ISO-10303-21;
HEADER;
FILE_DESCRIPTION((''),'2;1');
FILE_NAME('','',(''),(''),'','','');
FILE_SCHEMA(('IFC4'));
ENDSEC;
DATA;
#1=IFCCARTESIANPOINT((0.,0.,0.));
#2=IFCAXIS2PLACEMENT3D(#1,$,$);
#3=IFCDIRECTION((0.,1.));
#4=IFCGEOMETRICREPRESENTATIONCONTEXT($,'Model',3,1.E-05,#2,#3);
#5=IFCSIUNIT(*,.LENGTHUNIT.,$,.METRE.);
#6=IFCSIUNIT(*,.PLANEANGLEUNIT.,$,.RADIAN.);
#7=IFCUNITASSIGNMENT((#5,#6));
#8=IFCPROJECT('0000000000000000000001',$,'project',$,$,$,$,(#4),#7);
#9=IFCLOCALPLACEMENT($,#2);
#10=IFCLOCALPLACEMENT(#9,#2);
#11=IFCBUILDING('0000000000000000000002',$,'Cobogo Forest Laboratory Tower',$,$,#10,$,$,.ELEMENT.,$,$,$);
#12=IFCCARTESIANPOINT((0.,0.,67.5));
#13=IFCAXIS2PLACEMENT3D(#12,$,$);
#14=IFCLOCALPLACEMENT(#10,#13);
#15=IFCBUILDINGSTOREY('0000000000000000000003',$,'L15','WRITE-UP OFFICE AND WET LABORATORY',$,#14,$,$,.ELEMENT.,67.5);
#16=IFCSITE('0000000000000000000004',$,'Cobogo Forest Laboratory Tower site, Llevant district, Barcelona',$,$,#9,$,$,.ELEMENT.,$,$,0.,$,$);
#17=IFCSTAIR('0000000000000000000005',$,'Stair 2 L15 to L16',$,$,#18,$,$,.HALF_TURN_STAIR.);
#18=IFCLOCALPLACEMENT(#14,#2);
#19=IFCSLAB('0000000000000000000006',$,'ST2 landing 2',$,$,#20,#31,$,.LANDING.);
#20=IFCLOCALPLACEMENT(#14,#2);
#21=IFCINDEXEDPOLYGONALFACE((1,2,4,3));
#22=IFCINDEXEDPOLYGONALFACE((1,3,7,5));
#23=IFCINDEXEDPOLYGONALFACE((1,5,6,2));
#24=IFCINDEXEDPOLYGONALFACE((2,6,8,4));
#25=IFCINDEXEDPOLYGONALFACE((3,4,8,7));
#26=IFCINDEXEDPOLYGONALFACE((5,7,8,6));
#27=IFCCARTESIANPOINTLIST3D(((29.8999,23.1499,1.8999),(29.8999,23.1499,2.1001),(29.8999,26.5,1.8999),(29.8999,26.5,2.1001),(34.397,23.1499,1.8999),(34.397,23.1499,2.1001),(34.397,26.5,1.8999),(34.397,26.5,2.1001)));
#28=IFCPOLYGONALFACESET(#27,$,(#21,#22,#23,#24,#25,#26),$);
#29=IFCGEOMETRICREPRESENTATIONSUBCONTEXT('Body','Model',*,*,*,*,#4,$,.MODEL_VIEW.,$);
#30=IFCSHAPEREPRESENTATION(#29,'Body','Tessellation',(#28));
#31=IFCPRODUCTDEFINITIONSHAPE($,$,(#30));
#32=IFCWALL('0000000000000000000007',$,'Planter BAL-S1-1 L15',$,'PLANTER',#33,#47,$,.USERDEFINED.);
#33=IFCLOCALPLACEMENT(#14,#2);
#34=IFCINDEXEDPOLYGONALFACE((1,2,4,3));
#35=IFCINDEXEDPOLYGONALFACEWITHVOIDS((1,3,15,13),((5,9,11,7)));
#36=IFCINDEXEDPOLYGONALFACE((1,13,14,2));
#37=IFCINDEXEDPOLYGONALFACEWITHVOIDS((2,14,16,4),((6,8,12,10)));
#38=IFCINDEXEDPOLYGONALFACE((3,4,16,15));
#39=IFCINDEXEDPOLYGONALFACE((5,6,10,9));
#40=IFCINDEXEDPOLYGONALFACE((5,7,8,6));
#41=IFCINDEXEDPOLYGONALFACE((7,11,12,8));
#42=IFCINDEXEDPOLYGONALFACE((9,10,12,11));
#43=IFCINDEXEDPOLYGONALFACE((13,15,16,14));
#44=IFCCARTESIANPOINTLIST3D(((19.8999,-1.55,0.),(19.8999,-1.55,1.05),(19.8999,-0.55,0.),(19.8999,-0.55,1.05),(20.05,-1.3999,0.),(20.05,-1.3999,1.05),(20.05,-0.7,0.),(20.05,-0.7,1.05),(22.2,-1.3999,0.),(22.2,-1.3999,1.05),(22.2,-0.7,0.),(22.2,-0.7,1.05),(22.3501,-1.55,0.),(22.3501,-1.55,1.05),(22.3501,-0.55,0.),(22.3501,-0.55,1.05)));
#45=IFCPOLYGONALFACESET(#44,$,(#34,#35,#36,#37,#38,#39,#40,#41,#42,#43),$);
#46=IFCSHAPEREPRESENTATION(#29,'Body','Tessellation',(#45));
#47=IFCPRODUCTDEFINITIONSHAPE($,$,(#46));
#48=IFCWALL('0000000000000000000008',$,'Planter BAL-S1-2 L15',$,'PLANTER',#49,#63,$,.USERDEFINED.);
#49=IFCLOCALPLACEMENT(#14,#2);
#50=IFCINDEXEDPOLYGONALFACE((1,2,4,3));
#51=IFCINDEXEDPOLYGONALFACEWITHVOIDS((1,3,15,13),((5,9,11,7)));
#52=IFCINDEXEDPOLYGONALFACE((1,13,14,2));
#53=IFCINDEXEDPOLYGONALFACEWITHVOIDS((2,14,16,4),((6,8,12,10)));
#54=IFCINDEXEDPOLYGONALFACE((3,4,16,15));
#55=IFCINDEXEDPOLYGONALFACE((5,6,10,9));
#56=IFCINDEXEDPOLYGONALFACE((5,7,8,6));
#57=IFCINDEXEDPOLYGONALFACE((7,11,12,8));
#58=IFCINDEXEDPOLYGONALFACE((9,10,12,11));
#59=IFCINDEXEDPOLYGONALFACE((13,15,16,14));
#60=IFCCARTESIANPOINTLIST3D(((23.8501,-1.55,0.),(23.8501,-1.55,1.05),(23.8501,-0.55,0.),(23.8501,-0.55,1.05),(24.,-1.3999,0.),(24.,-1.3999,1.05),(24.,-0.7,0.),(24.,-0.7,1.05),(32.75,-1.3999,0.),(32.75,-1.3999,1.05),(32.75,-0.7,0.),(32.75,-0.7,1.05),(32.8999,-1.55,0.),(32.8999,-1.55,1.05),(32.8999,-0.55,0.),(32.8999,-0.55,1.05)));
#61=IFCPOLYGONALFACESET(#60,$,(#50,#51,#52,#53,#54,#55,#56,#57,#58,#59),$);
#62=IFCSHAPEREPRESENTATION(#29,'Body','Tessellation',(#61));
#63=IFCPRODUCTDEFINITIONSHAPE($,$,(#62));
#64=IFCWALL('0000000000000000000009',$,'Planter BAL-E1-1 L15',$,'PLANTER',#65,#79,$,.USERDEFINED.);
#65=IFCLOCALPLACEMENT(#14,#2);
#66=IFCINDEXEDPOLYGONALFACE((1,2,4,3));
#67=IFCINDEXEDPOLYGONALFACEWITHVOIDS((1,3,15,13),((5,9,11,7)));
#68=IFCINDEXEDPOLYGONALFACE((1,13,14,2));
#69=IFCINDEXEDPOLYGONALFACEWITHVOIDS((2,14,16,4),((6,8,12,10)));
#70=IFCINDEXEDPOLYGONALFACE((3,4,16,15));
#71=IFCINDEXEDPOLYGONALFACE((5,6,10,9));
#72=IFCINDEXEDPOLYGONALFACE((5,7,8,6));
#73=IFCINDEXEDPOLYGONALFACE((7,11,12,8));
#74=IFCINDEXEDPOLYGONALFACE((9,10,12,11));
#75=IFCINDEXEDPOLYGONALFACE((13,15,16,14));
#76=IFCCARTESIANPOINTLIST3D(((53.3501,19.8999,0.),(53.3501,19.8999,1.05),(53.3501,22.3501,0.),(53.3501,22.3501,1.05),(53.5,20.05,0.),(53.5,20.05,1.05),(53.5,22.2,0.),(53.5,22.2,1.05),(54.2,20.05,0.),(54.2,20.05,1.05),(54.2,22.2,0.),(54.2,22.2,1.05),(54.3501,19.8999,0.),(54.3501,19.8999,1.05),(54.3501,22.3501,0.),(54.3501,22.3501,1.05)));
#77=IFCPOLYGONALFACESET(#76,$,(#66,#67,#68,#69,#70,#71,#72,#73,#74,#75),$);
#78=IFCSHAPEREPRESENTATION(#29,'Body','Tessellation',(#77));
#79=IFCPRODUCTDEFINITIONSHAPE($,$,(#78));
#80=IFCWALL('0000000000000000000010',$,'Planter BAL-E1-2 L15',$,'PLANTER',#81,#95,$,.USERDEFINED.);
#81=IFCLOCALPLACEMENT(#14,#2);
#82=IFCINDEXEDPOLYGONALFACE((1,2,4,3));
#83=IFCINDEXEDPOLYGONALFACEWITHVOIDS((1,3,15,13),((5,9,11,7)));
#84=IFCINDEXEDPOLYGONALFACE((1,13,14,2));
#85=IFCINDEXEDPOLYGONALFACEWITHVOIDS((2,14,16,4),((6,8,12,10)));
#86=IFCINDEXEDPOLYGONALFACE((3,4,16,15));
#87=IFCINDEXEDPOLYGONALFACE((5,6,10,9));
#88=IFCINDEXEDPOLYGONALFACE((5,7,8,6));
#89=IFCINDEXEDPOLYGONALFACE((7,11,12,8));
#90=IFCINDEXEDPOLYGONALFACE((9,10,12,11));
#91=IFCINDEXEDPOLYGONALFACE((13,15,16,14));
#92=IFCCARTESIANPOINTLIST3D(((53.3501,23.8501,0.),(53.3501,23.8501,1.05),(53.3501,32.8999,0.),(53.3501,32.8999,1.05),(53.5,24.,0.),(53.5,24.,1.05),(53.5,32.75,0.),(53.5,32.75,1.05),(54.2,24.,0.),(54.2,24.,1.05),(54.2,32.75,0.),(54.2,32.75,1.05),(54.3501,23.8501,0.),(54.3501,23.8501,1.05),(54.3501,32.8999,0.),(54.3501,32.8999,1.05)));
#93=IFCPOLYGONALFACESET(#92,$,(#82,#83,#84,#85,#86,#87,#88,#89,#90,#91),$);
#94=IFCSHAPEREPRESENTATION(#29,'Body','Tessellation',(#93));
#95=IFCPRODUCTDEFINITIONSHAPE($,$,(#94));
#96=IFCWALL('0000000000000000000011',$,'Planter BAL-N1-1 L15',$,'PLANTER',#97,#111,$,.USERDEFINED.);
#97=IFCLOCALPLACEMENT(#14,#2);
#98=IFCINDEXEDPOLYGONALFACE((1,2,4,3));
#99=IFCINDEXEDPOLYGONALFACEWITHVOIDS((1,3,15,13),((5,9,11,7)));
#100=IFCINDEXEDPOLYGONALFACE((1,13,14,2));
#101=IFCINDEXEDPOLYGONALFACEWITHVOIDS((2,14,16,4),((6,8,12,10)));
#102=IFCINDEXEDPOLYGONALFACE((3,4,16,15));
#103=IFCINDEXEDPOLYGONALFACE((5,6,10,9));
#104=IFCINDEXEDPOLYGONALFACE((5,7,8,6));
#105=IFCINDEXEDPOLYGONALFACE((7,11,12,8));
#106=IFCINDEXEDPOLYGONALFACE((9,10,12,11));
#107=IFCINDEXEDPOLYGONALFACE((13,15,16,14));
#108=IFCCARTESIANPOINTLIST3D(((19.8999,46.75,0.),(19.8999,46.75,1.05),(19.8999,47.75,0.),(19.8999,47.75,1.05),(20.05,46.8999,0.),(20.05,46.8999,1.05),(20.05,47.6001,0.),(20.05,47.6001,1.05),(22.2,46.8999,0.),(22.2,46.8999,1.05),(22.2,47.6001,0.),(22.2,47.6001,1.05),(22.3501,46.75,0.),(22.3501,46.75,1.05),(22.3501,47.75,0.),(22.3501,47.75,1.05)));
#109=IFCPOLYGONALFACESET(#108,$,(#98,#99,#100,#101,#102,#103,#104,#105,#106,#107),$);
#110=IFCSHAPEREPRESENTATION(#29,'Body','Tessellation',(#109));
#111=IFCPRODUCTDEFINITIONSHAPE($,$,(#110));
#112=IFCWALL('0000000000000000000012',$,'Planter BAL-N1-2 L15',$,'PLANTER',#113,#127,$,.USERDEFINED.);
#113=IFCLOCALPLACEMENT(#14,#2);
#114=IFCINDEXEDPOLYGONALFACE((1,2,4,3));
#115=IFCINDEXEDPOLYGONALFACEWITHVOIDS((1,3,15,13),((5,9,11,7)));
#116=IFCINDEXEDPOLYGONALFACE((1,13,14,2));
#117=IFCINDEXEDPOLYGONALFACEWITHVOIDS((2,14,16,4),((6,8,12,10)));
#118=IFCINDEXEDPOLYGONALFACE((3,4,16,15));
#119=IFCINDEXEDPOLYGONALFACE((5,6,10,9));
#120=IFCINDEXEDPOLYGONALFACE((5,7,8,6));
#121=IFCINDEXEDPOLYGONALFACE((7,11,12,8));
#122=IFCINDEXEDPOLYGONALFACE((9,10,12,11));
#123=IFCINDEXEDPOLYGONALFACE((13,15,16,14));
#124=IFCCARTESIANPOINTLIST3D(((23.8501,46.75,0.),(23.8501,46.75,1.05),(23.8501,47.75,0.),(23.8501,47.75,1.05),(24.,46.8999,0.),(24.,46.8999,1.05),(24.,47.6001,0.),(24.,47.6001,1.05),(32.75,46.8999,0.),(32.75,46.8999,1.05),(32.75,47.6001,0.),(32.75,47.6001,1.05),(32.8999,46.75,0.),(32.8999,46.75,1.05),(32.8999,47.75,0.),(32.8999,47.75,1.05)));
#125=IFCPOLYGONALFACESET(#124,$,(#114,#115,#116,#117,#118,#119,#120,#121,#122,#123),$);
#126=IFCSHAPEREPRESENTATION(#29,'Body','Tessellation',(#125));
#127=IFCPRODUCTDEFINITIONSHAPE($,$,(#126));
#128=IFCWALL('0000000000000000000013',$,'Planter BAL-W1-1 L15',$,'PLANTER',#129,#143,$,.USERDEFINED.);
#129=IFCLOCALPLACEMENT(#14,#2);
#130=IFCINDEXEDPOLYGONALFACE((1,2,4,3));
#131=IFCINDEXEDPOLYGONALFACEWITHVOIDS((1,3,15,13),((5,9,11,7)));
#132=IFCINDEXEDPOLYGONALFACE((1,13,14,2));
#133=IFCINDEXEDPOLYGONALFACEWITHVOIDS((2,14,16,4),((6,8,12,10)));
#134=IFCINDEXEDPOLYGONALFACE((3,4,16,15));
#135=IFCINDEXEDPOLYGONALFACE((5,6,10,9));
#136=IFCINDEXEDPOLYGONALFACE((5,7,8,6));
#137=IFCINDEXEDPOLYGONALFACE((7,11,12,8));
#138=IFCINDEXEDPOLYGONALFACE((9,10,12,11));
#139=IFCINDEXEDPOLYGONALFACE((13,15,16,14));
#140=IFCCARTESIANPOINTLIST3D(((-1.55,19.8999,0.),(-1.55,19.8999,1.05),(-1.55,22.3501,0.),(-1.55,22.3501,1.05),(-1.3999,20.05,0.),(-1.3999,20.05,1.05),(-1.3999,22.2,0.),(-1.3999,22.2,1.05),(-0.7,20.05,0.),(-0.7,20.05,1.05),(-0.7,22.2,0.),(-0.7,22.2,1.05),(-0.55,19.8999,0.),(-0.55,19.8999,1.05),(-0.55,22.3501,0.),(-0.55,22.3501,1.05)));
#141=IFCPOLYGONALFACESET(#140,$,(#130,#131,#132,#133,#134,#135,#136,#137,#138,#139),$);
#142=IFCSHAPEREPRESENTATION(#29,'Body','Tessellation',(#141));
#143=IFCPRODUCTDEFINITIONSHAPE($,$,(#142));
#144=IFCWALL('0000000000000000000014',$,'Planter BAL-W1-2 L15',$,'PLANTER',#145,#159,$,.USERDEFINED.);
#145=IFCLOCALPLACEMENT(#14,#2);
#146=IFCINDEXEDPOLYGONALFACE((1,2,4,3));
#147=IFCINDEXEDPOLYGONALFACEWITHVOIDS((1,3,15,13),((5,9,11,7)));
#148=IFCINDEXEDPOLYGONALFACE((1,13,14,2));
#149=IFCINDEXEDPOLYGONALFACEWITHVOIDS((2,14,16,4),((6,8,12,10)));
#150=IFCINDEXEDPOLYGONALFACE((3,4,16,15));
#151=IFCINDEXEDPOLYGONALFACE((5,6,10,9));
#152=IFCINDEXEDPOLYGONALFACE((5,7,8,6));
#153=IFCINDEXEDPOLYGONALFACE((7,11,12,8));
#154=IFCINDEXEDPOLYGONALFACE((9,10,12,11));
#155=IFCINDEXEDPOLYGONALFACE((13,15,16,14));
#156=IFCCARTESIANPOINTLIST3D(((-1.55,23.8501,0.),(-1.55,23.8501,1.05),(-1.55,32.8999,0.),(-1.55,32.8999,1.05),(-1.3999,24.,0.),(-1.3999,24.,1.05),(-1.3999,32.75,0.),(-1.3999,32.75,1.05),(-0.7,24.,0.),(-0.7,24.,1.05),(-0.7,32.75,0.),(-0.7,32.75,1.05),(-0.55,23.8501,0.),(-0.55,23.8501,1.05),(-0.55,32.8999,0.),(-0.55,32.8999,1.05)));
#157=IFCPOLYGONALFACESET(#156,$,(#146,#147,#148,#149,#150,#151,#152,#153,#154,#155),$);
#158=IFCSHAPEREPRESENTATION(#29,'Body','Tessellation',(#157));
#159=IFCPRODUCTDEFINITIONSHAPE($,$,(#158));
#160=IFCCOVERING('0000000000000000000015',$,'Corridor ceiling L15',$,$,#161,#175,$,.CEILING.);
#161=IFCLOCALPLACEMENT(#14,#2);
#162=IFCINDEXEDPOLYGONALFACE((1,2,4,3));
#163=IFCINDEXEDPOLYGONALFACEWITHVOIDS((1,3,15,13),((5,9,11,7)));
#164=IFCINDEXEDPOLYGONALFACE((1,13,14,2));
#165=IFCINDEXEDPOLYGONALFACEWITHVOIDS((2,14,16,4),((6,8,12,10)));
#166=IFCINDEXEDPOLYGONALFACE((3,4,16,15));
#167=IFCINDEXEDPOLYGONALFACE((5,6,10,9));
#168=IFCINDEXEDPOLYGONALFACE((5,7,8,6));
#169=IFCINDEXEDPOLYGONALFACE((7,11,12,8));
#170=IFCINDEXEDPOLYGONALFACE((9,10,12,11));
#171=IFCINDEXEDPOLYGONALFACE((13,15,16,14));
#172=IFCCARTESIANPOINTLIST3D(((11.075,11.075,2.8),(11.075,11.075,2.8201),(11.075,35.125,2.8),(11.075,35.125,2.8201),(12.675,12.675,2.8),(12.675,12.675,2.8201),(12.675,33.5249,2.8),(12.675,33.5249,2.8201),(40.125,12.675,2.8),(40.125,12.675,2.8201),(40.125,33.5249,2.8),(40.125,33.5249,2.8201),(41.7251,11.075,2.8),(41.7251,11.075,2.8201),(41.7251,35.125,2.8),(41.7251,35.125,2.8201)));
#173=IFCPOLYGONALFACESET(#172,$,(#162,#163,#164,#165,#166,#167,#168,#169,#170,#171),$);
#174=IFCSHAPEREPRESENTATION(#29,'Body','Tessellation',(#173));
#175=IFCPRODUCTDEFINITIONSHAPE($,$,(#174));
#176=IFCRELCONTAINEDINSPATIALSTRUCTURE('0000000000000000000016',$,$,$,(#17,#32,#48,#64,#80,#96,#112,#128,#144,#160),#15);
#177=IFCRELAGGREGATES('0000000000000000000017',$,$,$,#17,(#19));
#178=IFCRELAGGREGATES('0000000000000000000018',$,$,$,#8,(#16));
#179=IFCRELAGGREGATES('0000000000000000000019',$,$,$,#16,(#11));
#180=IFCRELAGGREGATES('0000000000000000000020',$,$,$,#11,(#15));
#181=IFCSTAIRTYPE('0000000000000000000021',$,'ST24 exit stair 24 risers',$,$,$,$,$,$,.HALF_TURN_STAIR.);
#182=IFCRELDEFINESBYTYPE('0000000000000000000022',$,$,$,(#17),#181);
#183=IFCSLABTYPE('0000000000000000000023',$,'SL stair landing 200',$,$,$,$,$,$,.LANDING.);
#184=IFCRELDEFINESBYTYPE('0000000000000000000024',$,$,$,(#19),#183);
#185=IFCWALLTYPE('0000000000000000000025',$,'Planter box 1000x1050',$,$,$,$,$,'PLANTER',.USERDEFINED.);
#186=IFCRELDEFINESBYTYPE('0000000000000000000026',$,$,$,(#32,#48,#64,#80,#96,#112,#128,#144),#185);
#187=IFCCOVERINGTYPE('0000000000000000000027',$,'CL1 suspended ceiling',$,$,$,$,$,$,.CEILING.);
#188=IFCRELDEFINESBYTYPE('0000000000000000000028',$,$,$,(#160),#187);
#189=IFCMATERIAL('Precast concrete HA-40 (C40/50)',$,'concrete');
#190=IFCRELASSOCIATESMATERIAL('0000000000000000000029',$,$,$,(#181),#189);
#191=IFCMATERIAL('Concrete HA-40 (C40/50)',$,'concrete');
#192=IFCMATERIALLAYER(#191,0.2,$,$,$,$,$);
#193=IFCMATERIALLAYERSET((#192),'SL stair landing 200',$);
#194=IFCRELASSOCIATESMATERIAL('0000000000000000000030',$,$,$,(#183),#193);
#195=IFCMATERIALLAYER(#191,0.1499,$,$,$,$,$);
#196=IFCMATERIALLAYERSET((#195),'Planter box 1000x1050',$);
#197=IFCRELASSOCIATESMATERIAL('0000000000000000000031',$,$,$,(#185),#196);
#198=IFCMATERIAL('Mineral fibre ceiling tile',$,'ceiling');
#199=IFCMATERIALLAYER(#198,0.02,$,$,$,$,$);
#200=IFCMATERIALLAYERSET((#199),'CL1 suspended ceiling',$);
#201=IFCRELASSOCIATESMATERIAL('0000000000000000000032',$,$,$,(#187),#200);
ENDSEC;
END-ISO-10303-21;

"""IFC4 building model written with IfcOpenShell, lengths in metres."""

from ifc_helpers import new_model, si_unit, direction, frame, origin, place, context, subcontext, project, spatial, polyline, outline, extrude, material, layer, layer_set, type_object, element, aggregate, save


model = new_model("IFC4")

# Units and contexts
model_context = context("Model", 3, precision=1e-05, world=origin(), true_north=direction((0.0, 1.0)))
body_context = subcontext(model_context, "Body", "Model", "MODEL_VIEW")
ifc_project = project(units=[si_unit("LENGTHUNIT", "METRE"), si_unit("PLANEANGLEUNIT", "RADIAN")], contexts=[model_context])

# Site, building, storey
site_placement = place(None, origin())
site = spatial("IfcSite", under=ifc_project, at=site_placement, Name="Cobogo Forest Laboratory Tower site, Llevant district, Barcelona", CompositionType="ELEMENT", RefElevation=0.0)
building_placement = place(site_placement, origin())
building = spatial("IfcBuilding", under=site, at=building_placement, Name="Cobogo Forest Laboratory Tower", CompositionType="ELEMENT")
storey_placement = place(building_placement, frame((0.0, 0.0, 67.5)))
storey = spatial("IfcBuildingStorey", under=building, at=storey_placement, Name="L15", Description="WRITE-UP OFFICE AND WET LABORATORY", CompositionType="ELEMENT", Elevation=67.5)

# Shared definitions
ifc_material_1 = material(Name="Concrete HA-40 (C40/50)", Category="concrete")

# Stair, slab
ifc_material_2 = material(Name="Precast concrete HA-40 (C40/50)", Category="concrete")
stair_type = type_object("IfcStairType", Name="ST24 exit stair 24 risers", PredefinedType="HALF_TURN_STAIR", material=ifc_material_2)
ifc_layer_1 = layer(ifc_material_1, 0.2)
ifc_layer_set_1 = layer_set([ifc_layer_1], Name="SL stair landing 200")
slab_type_1 = type_object("IfcSlabType", Name="SL stair landing 200", PredefinedType="LANDING", material=ifc_layer_set_1)
stair_1_placement = place(storey_placement, origin())
stair_1 = element("IfcStair", 1, at=stair_1_placement, inside=storey, type_object=stair_type, Name="Stair 2 L15 to L16", PredefinedType="HALF_TURN_STAIR")
slab_1_placement = place(storey_placement, frame((0.0, 0.0, 1.8999)))
slab_1 = element("IfcSlab", 2, at=slab_1_placement, type_object=slab_type_1, Name="ST2 landing 2", PredefinedType="LANDING", context=body_context, shape_type="SweptSolid", body=[
    extrude(outline(polyline([(29.8999, 23.1499), (34.397, 23.1499), (34.397, 26.5), (29.8999, 26.5), (29.8999, 23.1499)])), origin(), (0.0, 0.0, 1.0), 0.2002),
])
aggregate(stair_1, [slab_1])

# Walls
ifc_layer_2 = layer(ifc_material_1, 0.1499)
ifc_layer_set_2 = layer_set([ifc_layer_2], Name="Planter box 1000x1050")
wall_type = type_object("IfcWallType", Name="Planter box 1000x1050", ElementType="PLANTER", PredefinedType="USERDEFINED", material=ifc_layer_set_2)
wall_1_placement = place(storey_placement, origin())
element("IfcWall", 3, at=wall_1_placement, inside=storey, type_object=wall_type, Name="Planter BAL-S1-1 L15", ObjectType="PLANTER", PredefinedType="USERDEFINED", context=body_context, shape_type="SweptSolid", body=[
    extrude(outline(polyline([(19.8999, -1.55), (22.3501, -1.55), (22.3501, -0.55), (19.8999, -0.55), (19.8999, -1.55)]), holes=[polyline([(20.05, -1.3999), (22.2, -1.3999), (22.2, -0.7), (20.05, -0.7), (20.05, -1.3999)])]), origin(), (0.0, 0.0, 1.0), 1.05),
])
wall_2_placement = place(storey_placement, origin())
element("IfcWall", 4, at=wall_2_placement, inside=storey, type_object=wall_type, Name="Planter BAL-S1-2 L15", ObjectType="PLANTER", PredefinedType="USERDEFINED", context=body_context, shape_type="SweptSolid", body=[
    extrude(outline(polyline([(23.8501, -1.55), (32.8999, -1.55), (32.8999, -0.55), (23.8501, -0.55), (23.8501, -1.55)]), holes=[polyline([(24.0, -1.3999), (32.75, -1.3999), (32.75, -0.7), (24.0, -0.7), (24.0, -1.3999)])]), origin(), (0.0, 0.0, 1.0), 1.05),
])
wall_3_placement = place(storey_placement, origin())
element("IfcWall", 5, at=wall_3_placement, inside=storey, type_object=wall_type, Name="Planter BAL-E1-1 L15", ObjectType="PLANTER", PredefinedType="USERDEFINED", context=body_context, shape_type="SweptSolid", body=[
    extrude(outline(polyline([(53.3501, 19.8999), (54.3501, 19.8999), (54.3501, 22.3501), (53.3501, 22.3501), (53.3501, 19.8999)]), holes=[polyline([(53.5, 20.05), (54.2, 20.05), (54.2, 22.2), (53.5, 22.2), (53.5, 20.05)])]), origin(), (0.0, 0.0, 1.0), 1.05),
])
wall_4_placement = place(storey_placement, origin())
element("IfcWall", 6, at=wall_4_placement, inside=storey, type_object=wall_type, Name="Planter BAL-E1-2 L15", ObjectType="PLANTER", PredefinedType="USERDEFINED", context=body_context, shape_type="SweptSolid", body=[
    extrude(outline(polyline([(53.3501, 23.8501), (54.3501, 23.8501), (54.3501, 32.8999), (53.3501, 32.8999), (53.3501, 23.8501)]), holes=[polyline([(53.5, 24.0), (54.2, 24.0), (54.2, 32.75), (53.5, 32.75), (53.5, 24.0)])]), origin(), (0.0, 0.0, 1.0), 1.05),
])
wall_5_placement = place(storey_placement, origin())
element("IfcWall", 7, at=wall_5_placement, inside=storey, type_object=wall_type, Name="Planter BAL-N1-1 L15", ObjectType="PLANTER", PredefinedType="USERDEFINED", context=body_context, shape_type="SweptSolid", body=[
    extrude(outline(polyline([(19.8999, 46.75), (22.3501, 46.75), (22.3501, 47.75), (19.8999, 47.75), (19.8999, 46.75)]), holes=[polyline([(20.05, 46.8999), (22.2, 46.8999), (22.2, 47.6001), (20.05, 47.6001), (20.05, 46.8999)])]), origin(), (0.0, 0.0, 1.0), 1.05),
])
wall_6_placement = place(storey_placement, origin())
element("IfcWall", 8, at=wall_6_placement, inside=storey, type_object=wall_type, Name="Planter BAL-N1-2 L15", ObjectType="PLANTER", PredefinedType="USERDEFINED", context=body_context, shape_type="SweptSolid", body=[
    extrude(outline(polyline([(23.8501, 46.75), (32.8999, 46.75), (32.8999, 47.75), (23.8501, 47.75), (23.8501, 46.75)]), holes=[polyline([(24.0, 46.8999), (32.75, 46.8999), (32.75, 47.6001), (24.0, 47.6001), (24.0, 46.8999)])]), origin(), (0.0, 0.0, 1.0), 1.05),
])
wall_7_placement = place(storey_placement, origin())
element("IfcWall", 9, at=wall_7_placement, inside=storey, type_object=wall_type, Name="Planter BAL-W1-1 L15", ObjectType="PLANTER", PredefinedType="USERDEFINED", context=body_context, shape_type="SweptSolid", body=[
    extrude(outline(polyline([(-1.55, 19.8999), (-0.55, 19.8999), (-0.55, 22.3501), (-1.55, 22.3501), (-1.55, 19.8999)]), holes=[polyline([(-1.3999, 20.05), (-0.7, 20.05), (-0.7, 22.2), (-1.3999, 22.2), (-1.3999, 20.05)])]), origin(), (0.0, 0.0, 1.0), 1.05),
])
wall_8_placement = place(storey_placement, origin())
element("IfcWall", 10, at=wall_8_placement, inside=storey, type_object=wall_type, Name="Planter BAL-W1-2 L15", ObjectType="PLANTER", PredefinedType="USERDEFINED", context=body_context, shape_type="SweptSolid", body=[
    extrude(outline(polyline([(-1.55, 23.8501), (-0.55, 23.8501), (-0.55, 32.8999), (-1.55, 32.8999), (-1.55, 23.8501)]), holes=[polyline([(-1.3999, 24.0), (-0.7, 24.0), (-0.7, 32.75), (-1.3999, 32.75), (-1.3999, 24.0)])]), origin(), (0.0, 0.0, 1.0), 1.05),
])

# Covering
ifc_material_3 = material(Name="Mineral fibre ceiling tile", Category="ceiling")
ifc_layer_3 = layer(ifc_material_3, 0.02)
ifc_layer_set_3 = layer_set([ifc_layer_3], Name="CL1 suspended ceiling")
covering_type_1 = type_object("IfcCoveringType", Name="CL1 suspended ceiling", PredefinedType="CEILING", material=ifc_layer_set_3)
covering_1_placement = place(storey_placement, frame((0.0, 0.0, 2.8)))
element("IfcCovering", 11, at=covering_1_placement, inside=storey, type_object=covering_type_1, Name="Corridor ceiling L15", PredefinedType="CEILING", context=body_context, shape_type="SweptSolid", body=[
    extrude(outline(polyline([(11.075, 11.075), (11.075, 35.125), (41.7251, 35.125), (41.7251, 11.075), (11.075, 11.075)]), holes=[polyline([(40.125, 33.5249), (12.675, 33.5249), (12.675, 12.675), (40.125, 12.675), (40.125, 33.5249)])]), origin(), (0.0, 0.0, 1.0), 0.02),
])

save(model, "model.ifc")
